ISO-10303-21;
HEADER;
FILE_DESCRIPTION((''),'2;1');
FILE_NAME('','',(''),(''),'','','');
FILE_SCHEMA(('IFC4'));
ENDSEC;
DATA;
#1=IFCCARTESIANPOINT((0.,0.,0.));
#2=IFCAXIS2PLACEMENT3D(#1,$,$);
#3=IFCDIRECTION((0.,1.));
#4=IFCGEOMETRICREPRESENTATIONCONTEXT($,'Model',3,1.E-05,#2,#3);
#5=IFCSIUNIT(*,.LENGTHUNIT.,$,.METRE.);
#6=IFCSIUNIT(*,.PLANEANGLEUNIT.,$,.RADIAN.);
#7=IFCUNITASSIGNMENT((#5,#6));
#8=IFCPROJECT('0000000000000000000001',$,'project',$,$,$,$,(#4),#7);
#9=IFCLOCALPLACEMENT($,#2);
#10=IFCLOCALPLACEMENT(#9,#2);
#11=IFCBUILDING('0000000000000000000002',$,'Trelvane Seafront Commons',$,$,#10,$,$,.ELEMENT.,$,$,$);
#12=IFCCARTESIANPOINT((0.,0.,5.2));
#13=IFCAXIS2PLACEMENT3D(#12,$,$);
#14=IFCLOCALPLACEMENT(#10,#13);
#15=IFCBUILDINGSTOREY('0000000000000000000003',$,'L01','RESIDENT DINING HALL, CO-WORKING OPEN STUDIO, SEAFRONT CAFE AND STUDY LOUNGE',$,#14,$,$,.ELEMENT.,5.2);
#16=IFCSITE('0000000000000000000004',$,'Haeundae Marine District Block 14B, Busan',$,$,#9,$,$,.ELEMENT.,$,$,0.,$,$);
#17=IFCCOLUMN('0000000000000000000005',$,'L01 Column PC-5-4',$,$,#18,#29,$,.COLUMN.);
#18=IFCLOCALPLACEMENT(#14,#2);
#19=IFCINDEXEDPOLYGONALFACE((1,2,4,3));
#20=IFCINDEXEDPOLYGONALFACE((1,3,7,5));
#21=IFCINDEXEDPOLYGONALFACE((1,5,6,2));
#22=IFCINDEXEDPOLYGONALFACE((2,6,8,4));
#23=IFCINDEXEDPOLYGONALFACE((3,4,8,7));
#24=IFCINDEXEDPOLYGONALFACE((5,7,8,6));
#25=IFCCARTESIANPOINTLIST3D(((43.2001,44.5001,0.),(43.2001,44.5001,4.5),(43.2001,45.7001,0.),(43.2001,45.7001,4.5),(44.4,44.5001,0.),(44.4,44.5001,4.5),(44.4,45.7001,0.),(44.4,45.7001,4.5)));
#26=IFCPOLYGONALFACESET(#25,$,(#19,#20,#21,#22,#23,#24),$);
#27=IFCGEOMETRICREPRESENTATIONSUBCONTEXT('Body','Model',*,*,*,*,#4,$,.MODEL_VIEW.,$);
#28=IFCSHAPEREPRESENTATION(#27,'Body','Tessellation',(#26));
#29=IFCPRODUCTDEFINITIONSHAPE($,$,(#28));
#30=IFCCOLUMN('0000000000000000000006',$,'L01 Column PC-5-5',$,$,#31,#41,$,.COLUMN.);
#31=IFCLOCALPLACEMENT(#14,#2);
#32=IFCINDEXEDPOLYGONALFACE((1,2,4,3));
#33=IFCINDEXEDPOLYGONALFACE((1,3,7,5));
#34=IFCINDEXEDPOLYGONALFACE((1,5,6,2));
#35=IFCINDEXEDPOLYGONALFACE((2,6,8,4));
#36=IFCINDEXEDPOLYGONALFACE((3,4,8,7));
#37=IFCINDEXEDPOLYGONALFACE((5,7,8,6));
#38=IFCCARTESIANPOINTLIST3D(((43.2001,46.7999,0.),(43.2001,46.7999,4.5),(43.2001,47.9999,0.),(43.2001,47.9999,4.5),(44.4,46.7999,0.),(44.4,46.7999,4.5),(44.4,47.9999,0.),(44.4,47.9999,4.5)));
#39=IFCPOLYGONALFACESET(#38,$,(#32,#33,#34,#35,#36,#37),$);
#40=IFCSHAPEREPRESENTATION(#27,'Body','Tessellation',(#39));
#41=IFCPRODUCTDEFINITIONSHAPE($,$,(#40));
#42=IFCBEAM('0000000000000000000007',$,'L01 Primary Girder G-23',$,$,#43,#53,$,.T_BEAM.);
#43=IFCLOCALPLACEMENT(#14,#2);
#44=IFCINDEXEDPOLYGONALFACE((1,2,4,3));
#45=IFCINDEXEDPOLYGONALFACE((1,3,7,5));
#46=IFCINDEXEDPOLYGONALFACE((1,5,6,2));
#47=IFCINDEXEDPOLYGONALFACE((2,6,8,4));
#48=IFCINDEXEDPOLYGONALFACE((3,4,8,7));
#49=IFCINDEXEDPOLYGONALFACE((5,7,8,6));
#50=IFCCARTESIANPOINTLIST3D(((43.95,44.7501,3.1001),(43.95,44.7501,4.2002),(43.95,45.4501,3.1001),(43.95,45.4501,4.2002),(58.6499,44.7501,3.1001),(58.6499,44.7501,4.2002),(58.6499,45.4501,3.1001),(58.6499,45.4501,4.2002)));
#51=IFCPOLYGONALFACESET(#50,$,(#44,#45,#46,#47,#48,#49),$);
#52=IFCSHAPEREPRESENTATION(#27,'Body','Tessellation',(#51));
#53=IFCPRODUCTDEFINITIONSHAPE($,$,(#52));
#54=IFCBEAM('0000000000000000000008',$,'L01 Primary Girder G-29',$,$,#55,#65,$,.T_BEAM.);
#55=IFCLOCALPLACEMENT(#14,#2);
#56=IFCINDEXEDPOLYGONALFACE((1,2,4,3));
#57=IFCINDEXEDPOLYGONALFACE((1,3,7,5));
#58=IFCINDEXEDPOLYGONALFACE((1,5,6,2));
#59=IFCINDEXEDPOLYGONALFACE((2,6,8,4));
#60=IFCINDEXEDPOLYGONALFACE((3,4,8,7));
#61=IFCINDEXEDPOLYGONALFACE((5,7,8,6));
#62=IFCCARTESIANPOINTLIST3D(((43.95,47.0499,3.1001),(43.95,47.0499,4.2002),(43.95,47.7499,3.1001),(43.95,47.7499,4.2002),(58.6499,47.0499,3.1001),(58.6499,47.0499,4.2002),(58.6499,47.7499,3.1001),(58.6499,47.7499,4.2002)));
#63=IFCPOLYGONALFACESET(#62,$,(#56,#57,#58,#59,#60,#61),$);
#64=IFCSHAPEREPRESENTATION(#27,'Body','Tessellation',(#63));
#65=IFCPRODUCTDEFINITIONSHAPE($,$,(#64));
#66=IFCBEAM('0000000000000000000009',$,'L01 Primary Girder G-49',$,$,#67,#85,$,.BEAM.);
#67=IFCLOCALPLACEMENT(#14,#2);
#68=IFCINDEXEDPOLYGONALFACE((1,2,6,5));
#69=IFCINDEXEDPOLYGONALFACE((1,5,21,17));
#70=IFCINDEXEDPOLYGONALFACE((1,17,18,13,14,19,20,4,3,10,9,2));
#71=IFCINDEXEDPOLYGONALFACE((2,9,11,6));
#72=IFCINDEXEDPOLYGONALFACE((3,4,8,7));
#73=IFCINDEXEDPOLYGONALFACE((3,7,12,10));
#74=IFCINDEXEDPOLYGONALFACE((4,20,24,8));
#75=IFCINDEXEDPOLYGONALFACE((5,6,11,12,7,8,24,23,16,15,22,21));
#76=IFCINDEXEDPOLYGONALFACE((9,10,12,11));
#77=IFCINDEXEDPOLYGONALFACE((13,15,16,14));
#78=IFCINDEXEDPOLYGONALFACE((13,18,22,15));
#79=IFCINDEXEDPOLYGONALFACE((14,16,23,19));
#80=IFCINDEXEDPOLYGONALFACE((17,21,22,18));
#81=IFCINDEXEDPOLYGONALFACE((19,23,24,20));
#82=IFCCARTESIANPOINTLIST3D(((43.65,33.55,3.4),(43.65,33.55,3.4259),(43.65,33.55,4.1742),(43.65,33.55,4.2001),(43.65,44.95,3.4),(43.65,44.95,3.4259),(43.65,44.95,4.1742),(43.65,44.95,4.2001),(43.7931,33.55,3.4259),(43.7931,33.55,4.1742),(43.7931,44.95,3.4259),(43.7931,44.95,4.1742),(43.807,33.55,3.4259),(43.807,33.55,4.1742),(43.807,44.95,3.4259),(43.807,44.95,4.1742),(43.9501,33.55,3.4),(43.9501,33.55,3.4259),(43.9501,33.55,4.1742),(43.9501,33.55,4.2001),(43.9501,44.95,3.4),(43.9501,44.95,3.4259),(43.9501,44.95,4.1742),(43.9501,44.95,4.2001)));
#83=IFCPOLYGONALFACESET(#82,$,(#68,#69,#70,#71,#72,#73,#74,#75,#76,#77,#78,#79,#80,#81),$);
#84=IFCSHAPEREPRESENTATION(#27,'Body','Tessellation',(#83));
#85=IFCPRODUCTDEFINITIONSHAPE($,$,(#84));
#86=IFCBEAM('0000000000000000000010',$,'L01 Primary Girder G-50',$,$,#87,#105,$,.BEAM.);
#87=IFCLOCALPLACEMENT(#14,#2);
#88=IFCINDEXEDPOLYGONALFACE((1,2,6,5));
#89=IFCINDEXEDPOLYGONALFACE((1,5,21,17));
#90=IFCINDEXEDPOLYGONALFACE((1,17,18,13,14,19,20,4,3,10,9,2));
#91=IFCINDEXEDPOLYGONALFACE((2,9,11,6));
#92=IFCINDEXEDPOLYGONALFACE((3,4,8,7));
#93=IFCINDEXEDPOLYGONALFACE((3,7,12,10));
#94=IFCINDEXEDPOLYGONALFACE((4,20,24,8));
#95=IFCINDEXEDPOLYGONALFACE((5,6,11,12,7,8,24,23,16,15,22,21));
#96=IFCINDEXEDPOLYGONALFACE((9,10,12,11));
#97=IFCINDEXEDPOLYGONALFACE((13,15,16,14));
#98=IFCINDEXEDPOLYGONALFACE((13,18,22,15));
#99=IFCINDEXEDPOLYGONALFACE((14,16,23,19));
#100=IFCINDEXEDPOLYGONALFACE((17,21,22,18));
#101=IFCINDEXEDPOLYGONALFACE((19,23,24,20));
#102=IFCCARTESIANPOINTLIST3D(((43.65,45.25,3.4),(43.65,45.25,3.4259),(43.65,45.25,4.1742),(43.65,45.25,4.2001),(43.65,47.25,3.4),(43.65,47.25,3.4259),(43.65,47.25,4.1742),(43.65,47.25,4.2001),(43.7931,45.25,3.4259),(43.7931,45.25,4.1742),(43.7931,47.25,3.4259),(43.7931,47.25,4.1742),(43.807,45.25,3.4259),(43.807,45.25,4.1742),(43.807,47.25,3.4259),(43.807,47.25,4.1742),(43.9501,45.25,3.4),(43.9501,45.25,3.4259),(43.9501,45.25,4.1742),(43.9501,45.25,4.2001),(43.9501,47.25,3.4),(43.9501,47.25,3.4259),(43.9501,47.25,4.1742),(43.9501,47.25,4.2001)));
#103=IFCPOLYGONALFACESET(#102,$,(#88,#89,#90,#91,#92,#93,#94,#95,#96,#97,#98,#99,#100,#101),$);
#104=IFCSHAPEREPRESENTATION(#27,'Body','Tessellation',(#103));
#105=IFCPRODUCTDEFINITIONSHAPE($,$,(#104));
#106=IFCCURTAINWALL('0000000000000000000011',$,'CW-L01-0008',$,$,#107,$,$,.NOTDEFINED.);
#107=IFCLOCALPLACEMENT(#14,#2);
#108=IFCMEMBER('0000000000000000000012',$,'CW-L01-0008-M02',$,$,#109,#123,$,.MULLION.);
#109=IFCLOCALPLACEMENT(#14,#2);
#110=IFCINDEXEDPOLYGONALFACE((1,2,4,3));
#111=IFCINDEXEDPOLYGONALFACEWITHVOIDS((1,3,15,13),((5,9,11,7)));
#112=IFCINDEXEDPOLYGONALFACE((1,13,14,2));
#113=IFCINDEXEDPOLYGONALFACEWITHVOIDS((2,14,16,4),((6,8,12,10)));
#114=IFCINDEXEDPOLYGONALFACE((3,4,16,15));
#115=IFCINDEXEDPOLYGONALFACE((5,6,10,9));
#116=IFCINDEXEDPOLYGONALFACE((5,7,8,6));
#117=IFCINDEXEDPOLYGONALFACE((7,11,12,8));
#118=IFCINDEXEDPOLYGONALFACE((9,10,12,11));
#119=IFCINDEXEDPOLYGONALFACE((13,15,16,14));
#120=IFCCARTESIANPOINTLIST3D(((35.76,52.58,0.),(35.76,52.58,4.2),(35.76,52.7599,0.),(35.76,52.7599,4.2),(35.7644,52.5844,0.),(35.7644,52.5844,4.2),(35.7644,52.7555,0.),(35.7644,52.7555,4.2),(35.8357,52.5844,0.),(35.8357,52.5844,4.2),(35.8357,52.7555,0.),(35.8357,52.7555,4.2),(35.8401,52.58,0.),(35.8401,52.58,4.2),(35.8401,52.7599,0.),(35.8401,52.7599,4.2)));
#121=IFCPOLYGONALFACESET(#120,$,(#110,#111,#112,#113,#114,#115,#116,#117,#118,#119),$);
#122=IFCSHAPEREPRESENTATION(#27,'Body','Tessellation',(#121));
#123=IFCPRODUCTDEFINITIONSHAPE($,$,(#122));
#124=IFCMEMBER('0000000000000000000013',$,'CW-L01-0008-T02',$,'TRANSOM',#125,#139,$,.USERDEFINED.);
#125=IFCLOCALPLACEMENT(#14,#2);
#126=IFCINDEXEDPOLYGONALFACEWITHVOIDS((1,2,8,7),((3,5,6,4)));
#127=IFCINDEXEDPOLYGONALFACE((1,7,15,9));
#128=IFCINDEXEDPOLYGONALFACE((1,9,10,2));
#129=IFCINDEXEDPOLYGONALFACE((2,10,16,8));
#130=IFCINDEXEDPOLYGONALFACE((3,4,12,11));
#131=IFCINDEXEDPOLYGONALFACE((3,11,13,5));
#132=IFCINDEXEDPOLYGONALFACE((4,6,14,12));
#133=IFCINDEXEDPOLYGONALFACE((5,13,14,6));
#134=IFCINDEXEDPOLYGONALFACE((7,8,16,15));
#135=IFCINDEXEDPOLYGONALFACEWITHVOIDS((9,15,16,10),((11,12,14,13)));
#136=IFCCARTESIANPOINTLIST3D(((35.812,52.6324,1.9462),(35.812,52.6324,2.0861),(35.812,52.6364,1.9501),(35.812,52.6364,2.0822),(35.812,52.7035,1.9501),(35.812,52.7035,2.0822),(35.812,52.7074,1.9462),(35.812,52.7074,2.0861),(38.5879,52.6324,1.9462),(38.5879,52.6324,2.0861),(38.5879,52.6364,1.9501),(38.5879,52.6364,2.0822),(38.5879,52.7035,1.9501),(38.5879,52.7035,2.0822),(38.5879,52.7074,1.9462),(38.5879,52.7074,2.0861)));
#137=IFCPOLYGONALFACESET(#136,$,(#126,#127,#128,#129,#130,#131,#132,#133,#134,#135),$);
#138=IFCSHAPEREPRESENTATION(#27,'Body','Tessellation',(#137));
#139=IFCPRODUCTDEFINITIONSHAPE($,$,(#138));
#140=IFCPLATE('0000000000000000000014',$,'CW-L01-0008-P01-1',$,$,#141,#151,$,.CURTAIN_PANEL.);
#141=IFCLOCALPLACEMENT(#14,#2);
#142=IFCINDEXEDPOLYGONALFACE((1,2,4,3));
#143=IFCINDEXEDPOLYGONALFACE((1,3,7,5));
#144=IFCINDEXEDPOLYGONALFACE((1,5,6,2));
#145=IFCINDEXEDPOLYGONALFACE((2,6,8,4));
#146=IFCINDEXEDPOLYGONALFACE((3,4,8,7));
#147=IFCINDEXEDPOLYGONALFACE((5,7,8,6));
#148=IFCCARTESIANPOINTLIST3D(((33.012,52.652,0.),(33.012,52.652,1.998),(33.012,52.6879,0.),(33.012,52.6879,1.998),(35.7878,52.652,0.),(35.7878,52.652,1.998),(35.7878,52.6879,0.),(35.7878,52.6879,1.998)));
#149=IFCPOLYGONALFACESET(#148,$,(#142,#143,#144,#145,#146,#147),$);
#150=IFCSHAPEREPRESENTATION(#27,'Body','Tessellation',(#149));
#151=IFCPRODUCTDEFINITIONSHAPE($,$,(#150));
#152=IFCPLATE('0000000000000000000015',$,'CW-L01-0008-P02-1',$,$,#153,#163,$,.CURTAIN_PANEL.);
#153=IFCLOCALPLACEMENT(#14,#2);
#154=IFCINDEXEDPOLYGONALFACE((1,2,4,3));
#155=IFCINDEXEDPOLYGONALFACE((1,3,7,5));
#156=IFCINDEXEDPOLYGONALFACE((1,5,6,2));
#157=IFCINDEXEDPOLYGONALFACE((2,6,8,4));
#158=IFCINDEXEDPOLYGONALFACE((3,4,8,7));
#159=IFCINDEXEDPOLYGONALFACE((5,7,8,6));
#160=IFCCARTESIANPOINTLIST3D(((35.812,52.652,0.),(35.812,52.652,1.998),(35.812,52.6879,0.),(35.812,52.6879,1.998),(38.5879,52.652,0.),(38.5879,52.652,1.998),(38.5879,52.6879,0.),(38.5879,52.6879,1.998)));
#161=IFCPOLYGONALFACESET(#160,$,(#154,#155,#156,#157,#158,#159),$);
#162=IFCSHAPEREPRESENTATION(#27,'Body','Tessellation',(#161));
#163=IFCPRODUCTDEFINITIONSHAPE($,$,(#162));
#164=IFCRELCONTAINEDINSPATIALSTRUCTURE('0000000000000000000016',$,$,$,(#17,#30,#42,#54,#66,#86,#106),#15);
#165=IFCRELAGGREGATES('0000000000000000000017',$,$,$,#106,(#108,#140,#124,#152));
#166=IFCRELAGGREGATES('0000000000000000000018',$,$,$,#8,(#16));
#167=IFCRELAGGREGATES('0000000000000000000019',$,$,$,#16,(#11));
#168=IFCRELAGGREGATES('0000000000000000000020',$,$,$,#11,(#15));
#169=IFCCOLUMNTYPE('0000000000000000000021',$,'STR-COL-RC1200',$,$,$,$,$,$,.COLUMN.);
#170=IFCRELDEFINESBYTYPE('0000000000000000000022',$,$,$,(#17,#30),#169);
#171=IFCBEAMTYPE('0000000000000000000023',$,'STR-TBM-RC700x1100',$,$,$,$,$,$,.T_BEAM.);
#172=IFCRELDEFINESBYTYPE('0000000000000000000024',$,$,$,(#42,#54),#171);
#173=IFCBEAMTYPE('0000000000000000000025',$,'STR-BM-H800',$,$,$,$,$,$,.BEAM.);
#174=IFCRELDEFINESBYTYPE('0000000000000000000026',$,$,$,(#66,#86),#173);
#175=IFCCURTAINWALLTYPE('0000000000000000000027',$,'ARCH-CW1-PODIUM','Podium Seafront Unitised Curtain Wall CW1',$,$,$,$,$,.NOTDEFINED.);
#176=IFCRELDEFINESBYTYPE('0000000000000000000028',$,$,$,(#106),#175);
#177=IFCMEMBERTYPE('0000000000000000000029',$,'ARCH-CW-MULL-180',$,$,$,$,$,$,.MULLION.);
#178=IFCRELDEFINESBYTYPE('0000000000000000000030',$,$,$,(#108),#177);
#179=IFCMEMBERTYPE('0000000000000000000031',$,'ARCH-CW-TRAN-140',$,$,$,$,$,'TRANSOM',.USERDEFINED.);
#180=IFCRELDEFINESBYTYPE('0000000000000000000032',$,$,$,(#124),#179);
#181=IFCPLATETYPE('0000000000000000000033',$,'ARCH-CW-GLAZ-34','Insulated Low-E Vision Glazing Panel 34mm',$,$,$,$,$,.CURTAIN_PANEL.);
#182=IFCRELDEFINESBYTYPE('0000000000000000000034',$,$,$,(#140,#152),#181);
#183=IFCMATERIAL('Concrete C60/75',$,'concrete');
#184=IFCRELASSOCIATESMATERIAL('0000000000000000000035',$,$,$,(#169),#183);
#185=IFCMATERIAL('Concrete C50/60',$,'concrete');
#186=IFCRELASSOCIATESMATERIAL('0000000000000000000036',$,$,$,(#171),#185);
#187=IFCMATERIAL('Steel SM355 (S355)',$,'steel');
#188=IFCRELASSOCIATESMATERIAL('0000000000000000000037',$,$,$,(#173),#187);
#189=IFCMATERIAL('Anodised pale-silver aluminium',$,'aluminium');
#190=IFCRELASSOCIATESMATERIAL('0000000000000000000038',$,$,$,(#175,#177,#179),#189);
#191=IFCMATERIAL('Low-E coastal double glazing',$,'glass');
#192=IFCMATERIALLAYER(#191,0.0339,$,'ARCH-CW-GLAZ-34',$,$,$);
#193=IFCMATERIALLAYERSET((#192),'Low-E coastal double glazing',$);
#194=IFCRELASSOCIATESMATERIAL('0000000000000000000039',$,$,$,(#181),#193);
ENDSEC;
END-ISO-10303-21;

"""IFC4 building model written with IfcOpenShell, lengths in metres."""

from ifc_helpers import new_model, si_unit, direction, frame, origin, origin_2d, place, context, subcontext, project, spatial, rectangle, hollow_rectangle, i_section, extrude, source, transform, mapped, material, layer, layer_set, material_profile, profile_set, type_object, element, aggregate, save


model = new_model("IFC4")

# Units and contexts
model_context = context("Model", 3, precision=1e-05, world=origin(), true_north=direction((0.0, 1.0)))
body_context = subcontext(model_context, "Body", "Model", "MODEL_VIEW")
ifc_project = project(units=[si_unit("LENGTHUNIT", "METRE"), si_unit("PLANEANGLEUNIT", "RADIAN")], contexts=[model_context])

# Site, building, storey
site_placement = place(None, origin())
site = spatial("IfcSite", under=ifc_project, at=site_placement, Name="Haeundae Marine District Block 14B, Busan", CompositionType="ELEMENT", RefElevation=0.0)
building_placement = place(site_placement, origin())
building = spatial("IfcBuilding", under=site, at=building_placement, Name="Trelvane Seafront Commons", CompositionType="ELEMENT")
storey_placement = place(building_placement, frame((0.0, 0.0, 5.2)))
storey = spatial("IfcBuildingStorey", under=building, at=storey_placement, Name="L01", Description="RESIDENT DINING HALL, CO-WORKING OPEN STUDIO, SEAFRONT CAFE AND STUDY LOUNGE", CompositionType="ELEMENT", Elevation=5.2)

# Columns
ifc_material_1 = material(Name="Concrete C60/75", Category="concrete")
ifc_material_profile_1 = material_profile(ifc_material_1, rectangle(XDim=1.2, YDim=1.2, at=origin_2d()), Name="RC-1200x1200")
ifc_profile_set_1 = profile_set([ifc_material_profile_1], Name="Concrete C60/75")
column_type = type_object("IfcColumnType", Name="STR-COL-RC1200", PredefinedType="COLUMN", material=ifc_profile_set_1)
shared_shape_1 = source(origin(), body_context, "Body", "SweptSolid", [
    extrude(rectangle(XDim=1.2, YDim=1.2, at=origin_2d()), origin(), (0.0, 0.0, 1.0), 4.5),
])
for number, where, z_axis, x_axis, name in (
    (1, (43.8, 45.1001, 0.0), (0.0, 0.0, 1.0), (1.0, 0.0, 0.0), "L01 Column PC-5-4"),
    (2, (43.8, 47.3999, 0.0), (0.0, 0.0, 1.0), (1.0, 0.0, 0.0), "L01 Column PC-5-5"),
):
    element("IfcColumn", number, at=place(storey_placement, frame(where, z_axis=z_axis, x_axis=x_axis)), inside=storey, type_object=column_type, Name=name, PredefinedType="COLUMN", context=body_context, shape_type="MappedRepresentation", body=[
        mapped(shared_shape_1, transform((0.0, 0.0, 0.0), x_axis=(1.0, 0.0, 0.0), y_axis=(0.0, 1.0, 0.0), z_axis=(0.0, 0.0, 1.0), scale=1.0)),
    ])

# Beams
ifc_material_2 = material(Name="Concrete C50/60", Category="concrete")
ifc_material_profile_2 = material_profile(ifc_material_2, rectangle(XDim=0.7, YDim=1.1001, at=origin_2d()), Name="RC-700x1100")
ifc_profile_set_2 = profile_set([ifc_material_profile_2], Name="Concrete C50/60")
beam_type_1 = type_object("IfcBeamType", Name="STR-TBM-RC700x1100", PredefinedType="T_BEAM", material=ifc_profile_set_2)
shared_shape_2 = source(origin(), body_context, "Body", "SweptSolid", [
    extrude(rectangle(XDim=0.7, YDim=1.1001, at=origin_2d()), origin(), (0.0, 0.0, 1.0), 14.7),
])
for number, where, z_axis, x_axis, name in (
    (3, (43.95, 45.1001, 3.6501), (1.0, 0.0, 0.0), (0.0, 1.0, 0.0), "L01 Primary Girder G-23"),
    (4, (43.95, 47.3999, 3.6501), (1.0, 0.0, 0.0), (0.0, 1.0, 0.0), "L01 Primary Girder G-29"),
):
    element("IfcBeam", number, at=place(storey_placement, frame(where, z_axis=z_axis, x_axis=x_axis)), inside=storey, type_object=beam_type_1, Name=name, PredefinedType="T_BEAM", context=body_context, shape_type="MappedRepresentation", body=[
        mapped(shared_shape_2, transform((0.0, 0.0, 0.0), x_axis=(1.0, 0.0, 0.0), y_axis=(0.0, 1.0, 0.0), z_axis=(0.0, 0.0, 1.0), scale=1.0)),
    ])
ifc_material_3 = material(Name="Steel SM355 (S355)", Category="steel")
ifc_material_profile_3 = material_profile(ifc_material_3, i_section(OverallWidth=0.3, OverallDepth=0.8, WebThickness=0.0139, FlangeThickness=0.0259, at=origin_2d()), Name="H-800x300x14x26")
ifc_profile_set_3 = profile_set([ifc_material_profile_3], Name="Steel SM355 (S355)")
beam_type_2 = type_object("IfcBeamType", Name="STR-BM-H800", PredefinedType="BEAM", material=ifc_profile_set_3)
shared_shape_3 = source(origin(), body_context, "Body", "SweptSolid", [
    extrude(i_section(OverallWidth=0.3, OverallDepth=0.8, WebThickness=0.0139, FlangeThickness=0.0259, at=origin_2d()), origin(), (0.0, 0.0, 1.0), 11.3999),
])
beam_1_placement = place(storey_placement, frame((43.8, 33.55, 3.8), z_axis=(0.0, 1.0, 0.0), x_axis=(-1.0, 0.0, 0.0)))
element("IfcBeam", 5, at=beam_1_placement, inside=storey, type_object=beam_type_2, Name="L01 Primary Girder G-49", PredefinedType="BEAM", context=body_context, shape_type="MappedRepresentation", body=[
    mapped(shared_shape_3, transform((0.0, 0.0, 0.0), x_axis=(1.0, 0.0, 0.0), y_axis=(0.0, 1.0, 0.0), z_axis=(0.0, 0.0, 1.0), scale=1.0)),
])
shared_shape_4 = source(origin(), body_context, "Body", "SweptSolid", [
    extrude(i_section(OverallWidth=0.3, OverallDepth=0.8, WebThickness=0.0139, FlangeThickness=0.0259, at=origin_2d()), origin(), (0.0, 0.0, 1.0), 2.0),
])
beam_2_placement = place(storey_placement, frame((43.8, 45.25, 3.8), z_axis=(0.0, 1.0, 0.0), x_axis=(-1.0, 0.0, 0.0)))
element("IfcBeam", 6, at=beam_2_placement, inside=storey, type_object=beam_type_2, Name="L01 Primary Girder G-50", PredefinedType="BEAM", context=body_context, shape_type="MappedRepresentation", body=[
    mapped(shared_shape_4, transform((0.0, 0.0, 0.0), x_axis=(1.0, 0.0, 0.0), y_axis=(0.0, 1.0, 0.0), z_axis=(0.0, 0.0, 1.0), scale=1.0)),
])

# Curtain wall, members, plates
ifc_material_4 = material(Name="Anodised pale-silver aluminium", Category="aluminium")
curtain_wall_type = type_object("IfcCurtainWallType", Name="ARCH-CW1-PODIUM", Description="Podium Seafront Unitised Curtain Wall CW1", PredefinedType="NOTDEFINED", material=ifc_material_4)
curtain_wall_placement = place(storey_placement, origin())
curtain_wall = element("IfcCurtainWall", 7, at=curtain_wall_placement, inside=storey, type_object=curtain_wall_type, Name="CW-L01-0008", PredefinedType="NOTDEFINED")
ifc_material_profile_4 = material_profile(ifc_material_4, hollow_rectangle(XDim=0.0801, YDim=0.1799, WallThickness=0.0044, at=origin_2d()), Name="MULL-80x180x4.5")
ifc_profile_set_4 = profile_set([ifc_material_profile_4], Name="Anodised pale-silver aluminium")
member_type_1 = type_object("IfcMemberType", Name="ARCH-CW-MULL-180", PredefinedType="MULLION", material=ifc_profile_set_4)
shared_shape_5 = source(origin(), body_context, "Body", "SweptSolid", [
    extrude(hollow_rectangle(XDim=0.0801, YDim=0.1799, WallThickness=0.0044, at=origin_2d()), origin(), (0.0, 0.0, 1.0), 4.2),
])
member_1_placement = place(storey_placement, frame((35.8, 52.6699, 0.0), z_axis=(0.0, 0.0, 1.0), x_axis=(1.0, 0.0, 0.0)))
member_1 = element("IfcMember", 8, at=member_1_placement, type_object=member_type_1, Name="CW-L01-0008-M02", PredefinedType="MULLION", context=body_context, shape_type="MappedRepresentation", body=[
    mapped(shared_shape_5, transform((0.0, 0.0, 0.0), x_axis=(1.0, 0.0, 0.0), y_axis=(0.0, 1.0, 0.0), z_axis=(0.0, 0.0, 1.0), scale=1.0)),
])
ifc_material_profile_5 = material_profile(ifc_material_4, hollow_rectangle(XDim=0.075, YDim=0.1399, WallThickness=0.0039, at=origin_2d()), Name="TRAN-75x140x4")
ifc_profile_set_5 = profile_set([ifc_material_profile_5], Name="Anodised pale-silver aluminium")
member_type_2 = type_object("IfcMemberType", Name="ARCH-CW-TRAN-140", ElementType="TRANSOM", PredefinedType="USERDEFINED", material=ifc_profile_set_5)
shared_shape_6 = source(origin(), body_context, "Body", "SweptSolid", [
    extrude(hollow_rectangle(XDim=0.075, YDim=0.1399, WallThickness=0.0039, at=origin_2d()), origin(), (0.0, 0.0, 1.0), 2.7759),
])
member_2_placement = place(storey_placement, frame((35.812, 52.6699, 2.0161), z_axis=(1.0, 0.0, 0.0), x_axis=(0.0, 1.0, 0.0)))
member_2 = element("IfcMember", 9, at=member_2_placement, type_object=member_type_2, Name="CW-L01-0008-T02", ObjectType="TRANSOM", PredefinedType="USERDEFINED", context=body_context, shape_type="MappedRepresentation", body=[
    mapped(shared_shape_6, transform((0.0, 0.0, 0.0), x_axis=(1.0, 0.0, 0.0), y_axis=(0.0, 1.0, 0.0), z_axis=(0.0, 0.0, 1.0), scale=1.0)),
])
ifc_material_5 = material(Name="Low-E coastal double glazing", Category="glass")
ifc_layer_1 = layer(ifc_material_5, 0.0339, Name="ARCH-CW-GLAZ-34")
ifc_layer_set_1 = layer_set([ifc_layer_1], Name="Low-E coastal double glazing")
plate_type = type_object("IfcPlateType", Name="ARCH-CW-GLAZ-34", Description="Insulated Low-E Vision Glazing Panel 34mm", PredefinedType="CURTAIN_PANEL", material=ifc_layer_set_1)
shared_shape_7 = source(origin(), body_context, "Body", "SweptSolid", [
    extrude(rectangle(XDim=2.7759, YDim=0.0359, at=origin_2d()), origin(), (0.0, 0.0, 1.0), 1.998),
])
plate_1_placement = place(storey_placement, frame((34.3999, 52.6699, 0.0), z_axis=(0.0, 0.0, 1.0), x_axis=(1.0, 0.0, 0.0)))
plate_1 = element("IfcPlate", 10, at=plate_1_placement, type_object=plate_type, Name="CW-L01-0008-P01-1", PredefinedType="CURTAIN_PANEL", context=body_context, shape_type="MappedRepresentation", body=[
    mapped(shared_shape_7, transform((0.0, 0.0, 0.0), x_axis=(1.0, 0.0, 0.0), y_axis=(0.0, 1.0, 0.0), z_axis=(0.0, 0.0, 1.0), scale=1.0)),
])
plate_2_placement = place(storey_placement, frame((37.2, 52.6699, 0.0), z_axis=(0.0, 0.0, 1.0), x_axis=(1.0, 0.0, 0.0)))
plate_2 = element("IfcPlate", 11, at=plate_2_placement, type_object=plate_type, Name="CW-L01-0008-P02-1", PredefinedType="CURTAIN_PANEL", context=body_context, shape_type="MappedRepresentation", body=[
    mapped(shared_shape_7, transform((0.0, 0.0, 0.0), x_axis=(1.0, 0.0, 0.0), y_axis=(0.0, 1.0, 0.0), z_axis=(0.0, 0.0, 1.0), scale=1.0)),
])
aggregate(curtain_wall, [member_1, plate_1, member_2, plate_2])

save(model, "model.ifc")
